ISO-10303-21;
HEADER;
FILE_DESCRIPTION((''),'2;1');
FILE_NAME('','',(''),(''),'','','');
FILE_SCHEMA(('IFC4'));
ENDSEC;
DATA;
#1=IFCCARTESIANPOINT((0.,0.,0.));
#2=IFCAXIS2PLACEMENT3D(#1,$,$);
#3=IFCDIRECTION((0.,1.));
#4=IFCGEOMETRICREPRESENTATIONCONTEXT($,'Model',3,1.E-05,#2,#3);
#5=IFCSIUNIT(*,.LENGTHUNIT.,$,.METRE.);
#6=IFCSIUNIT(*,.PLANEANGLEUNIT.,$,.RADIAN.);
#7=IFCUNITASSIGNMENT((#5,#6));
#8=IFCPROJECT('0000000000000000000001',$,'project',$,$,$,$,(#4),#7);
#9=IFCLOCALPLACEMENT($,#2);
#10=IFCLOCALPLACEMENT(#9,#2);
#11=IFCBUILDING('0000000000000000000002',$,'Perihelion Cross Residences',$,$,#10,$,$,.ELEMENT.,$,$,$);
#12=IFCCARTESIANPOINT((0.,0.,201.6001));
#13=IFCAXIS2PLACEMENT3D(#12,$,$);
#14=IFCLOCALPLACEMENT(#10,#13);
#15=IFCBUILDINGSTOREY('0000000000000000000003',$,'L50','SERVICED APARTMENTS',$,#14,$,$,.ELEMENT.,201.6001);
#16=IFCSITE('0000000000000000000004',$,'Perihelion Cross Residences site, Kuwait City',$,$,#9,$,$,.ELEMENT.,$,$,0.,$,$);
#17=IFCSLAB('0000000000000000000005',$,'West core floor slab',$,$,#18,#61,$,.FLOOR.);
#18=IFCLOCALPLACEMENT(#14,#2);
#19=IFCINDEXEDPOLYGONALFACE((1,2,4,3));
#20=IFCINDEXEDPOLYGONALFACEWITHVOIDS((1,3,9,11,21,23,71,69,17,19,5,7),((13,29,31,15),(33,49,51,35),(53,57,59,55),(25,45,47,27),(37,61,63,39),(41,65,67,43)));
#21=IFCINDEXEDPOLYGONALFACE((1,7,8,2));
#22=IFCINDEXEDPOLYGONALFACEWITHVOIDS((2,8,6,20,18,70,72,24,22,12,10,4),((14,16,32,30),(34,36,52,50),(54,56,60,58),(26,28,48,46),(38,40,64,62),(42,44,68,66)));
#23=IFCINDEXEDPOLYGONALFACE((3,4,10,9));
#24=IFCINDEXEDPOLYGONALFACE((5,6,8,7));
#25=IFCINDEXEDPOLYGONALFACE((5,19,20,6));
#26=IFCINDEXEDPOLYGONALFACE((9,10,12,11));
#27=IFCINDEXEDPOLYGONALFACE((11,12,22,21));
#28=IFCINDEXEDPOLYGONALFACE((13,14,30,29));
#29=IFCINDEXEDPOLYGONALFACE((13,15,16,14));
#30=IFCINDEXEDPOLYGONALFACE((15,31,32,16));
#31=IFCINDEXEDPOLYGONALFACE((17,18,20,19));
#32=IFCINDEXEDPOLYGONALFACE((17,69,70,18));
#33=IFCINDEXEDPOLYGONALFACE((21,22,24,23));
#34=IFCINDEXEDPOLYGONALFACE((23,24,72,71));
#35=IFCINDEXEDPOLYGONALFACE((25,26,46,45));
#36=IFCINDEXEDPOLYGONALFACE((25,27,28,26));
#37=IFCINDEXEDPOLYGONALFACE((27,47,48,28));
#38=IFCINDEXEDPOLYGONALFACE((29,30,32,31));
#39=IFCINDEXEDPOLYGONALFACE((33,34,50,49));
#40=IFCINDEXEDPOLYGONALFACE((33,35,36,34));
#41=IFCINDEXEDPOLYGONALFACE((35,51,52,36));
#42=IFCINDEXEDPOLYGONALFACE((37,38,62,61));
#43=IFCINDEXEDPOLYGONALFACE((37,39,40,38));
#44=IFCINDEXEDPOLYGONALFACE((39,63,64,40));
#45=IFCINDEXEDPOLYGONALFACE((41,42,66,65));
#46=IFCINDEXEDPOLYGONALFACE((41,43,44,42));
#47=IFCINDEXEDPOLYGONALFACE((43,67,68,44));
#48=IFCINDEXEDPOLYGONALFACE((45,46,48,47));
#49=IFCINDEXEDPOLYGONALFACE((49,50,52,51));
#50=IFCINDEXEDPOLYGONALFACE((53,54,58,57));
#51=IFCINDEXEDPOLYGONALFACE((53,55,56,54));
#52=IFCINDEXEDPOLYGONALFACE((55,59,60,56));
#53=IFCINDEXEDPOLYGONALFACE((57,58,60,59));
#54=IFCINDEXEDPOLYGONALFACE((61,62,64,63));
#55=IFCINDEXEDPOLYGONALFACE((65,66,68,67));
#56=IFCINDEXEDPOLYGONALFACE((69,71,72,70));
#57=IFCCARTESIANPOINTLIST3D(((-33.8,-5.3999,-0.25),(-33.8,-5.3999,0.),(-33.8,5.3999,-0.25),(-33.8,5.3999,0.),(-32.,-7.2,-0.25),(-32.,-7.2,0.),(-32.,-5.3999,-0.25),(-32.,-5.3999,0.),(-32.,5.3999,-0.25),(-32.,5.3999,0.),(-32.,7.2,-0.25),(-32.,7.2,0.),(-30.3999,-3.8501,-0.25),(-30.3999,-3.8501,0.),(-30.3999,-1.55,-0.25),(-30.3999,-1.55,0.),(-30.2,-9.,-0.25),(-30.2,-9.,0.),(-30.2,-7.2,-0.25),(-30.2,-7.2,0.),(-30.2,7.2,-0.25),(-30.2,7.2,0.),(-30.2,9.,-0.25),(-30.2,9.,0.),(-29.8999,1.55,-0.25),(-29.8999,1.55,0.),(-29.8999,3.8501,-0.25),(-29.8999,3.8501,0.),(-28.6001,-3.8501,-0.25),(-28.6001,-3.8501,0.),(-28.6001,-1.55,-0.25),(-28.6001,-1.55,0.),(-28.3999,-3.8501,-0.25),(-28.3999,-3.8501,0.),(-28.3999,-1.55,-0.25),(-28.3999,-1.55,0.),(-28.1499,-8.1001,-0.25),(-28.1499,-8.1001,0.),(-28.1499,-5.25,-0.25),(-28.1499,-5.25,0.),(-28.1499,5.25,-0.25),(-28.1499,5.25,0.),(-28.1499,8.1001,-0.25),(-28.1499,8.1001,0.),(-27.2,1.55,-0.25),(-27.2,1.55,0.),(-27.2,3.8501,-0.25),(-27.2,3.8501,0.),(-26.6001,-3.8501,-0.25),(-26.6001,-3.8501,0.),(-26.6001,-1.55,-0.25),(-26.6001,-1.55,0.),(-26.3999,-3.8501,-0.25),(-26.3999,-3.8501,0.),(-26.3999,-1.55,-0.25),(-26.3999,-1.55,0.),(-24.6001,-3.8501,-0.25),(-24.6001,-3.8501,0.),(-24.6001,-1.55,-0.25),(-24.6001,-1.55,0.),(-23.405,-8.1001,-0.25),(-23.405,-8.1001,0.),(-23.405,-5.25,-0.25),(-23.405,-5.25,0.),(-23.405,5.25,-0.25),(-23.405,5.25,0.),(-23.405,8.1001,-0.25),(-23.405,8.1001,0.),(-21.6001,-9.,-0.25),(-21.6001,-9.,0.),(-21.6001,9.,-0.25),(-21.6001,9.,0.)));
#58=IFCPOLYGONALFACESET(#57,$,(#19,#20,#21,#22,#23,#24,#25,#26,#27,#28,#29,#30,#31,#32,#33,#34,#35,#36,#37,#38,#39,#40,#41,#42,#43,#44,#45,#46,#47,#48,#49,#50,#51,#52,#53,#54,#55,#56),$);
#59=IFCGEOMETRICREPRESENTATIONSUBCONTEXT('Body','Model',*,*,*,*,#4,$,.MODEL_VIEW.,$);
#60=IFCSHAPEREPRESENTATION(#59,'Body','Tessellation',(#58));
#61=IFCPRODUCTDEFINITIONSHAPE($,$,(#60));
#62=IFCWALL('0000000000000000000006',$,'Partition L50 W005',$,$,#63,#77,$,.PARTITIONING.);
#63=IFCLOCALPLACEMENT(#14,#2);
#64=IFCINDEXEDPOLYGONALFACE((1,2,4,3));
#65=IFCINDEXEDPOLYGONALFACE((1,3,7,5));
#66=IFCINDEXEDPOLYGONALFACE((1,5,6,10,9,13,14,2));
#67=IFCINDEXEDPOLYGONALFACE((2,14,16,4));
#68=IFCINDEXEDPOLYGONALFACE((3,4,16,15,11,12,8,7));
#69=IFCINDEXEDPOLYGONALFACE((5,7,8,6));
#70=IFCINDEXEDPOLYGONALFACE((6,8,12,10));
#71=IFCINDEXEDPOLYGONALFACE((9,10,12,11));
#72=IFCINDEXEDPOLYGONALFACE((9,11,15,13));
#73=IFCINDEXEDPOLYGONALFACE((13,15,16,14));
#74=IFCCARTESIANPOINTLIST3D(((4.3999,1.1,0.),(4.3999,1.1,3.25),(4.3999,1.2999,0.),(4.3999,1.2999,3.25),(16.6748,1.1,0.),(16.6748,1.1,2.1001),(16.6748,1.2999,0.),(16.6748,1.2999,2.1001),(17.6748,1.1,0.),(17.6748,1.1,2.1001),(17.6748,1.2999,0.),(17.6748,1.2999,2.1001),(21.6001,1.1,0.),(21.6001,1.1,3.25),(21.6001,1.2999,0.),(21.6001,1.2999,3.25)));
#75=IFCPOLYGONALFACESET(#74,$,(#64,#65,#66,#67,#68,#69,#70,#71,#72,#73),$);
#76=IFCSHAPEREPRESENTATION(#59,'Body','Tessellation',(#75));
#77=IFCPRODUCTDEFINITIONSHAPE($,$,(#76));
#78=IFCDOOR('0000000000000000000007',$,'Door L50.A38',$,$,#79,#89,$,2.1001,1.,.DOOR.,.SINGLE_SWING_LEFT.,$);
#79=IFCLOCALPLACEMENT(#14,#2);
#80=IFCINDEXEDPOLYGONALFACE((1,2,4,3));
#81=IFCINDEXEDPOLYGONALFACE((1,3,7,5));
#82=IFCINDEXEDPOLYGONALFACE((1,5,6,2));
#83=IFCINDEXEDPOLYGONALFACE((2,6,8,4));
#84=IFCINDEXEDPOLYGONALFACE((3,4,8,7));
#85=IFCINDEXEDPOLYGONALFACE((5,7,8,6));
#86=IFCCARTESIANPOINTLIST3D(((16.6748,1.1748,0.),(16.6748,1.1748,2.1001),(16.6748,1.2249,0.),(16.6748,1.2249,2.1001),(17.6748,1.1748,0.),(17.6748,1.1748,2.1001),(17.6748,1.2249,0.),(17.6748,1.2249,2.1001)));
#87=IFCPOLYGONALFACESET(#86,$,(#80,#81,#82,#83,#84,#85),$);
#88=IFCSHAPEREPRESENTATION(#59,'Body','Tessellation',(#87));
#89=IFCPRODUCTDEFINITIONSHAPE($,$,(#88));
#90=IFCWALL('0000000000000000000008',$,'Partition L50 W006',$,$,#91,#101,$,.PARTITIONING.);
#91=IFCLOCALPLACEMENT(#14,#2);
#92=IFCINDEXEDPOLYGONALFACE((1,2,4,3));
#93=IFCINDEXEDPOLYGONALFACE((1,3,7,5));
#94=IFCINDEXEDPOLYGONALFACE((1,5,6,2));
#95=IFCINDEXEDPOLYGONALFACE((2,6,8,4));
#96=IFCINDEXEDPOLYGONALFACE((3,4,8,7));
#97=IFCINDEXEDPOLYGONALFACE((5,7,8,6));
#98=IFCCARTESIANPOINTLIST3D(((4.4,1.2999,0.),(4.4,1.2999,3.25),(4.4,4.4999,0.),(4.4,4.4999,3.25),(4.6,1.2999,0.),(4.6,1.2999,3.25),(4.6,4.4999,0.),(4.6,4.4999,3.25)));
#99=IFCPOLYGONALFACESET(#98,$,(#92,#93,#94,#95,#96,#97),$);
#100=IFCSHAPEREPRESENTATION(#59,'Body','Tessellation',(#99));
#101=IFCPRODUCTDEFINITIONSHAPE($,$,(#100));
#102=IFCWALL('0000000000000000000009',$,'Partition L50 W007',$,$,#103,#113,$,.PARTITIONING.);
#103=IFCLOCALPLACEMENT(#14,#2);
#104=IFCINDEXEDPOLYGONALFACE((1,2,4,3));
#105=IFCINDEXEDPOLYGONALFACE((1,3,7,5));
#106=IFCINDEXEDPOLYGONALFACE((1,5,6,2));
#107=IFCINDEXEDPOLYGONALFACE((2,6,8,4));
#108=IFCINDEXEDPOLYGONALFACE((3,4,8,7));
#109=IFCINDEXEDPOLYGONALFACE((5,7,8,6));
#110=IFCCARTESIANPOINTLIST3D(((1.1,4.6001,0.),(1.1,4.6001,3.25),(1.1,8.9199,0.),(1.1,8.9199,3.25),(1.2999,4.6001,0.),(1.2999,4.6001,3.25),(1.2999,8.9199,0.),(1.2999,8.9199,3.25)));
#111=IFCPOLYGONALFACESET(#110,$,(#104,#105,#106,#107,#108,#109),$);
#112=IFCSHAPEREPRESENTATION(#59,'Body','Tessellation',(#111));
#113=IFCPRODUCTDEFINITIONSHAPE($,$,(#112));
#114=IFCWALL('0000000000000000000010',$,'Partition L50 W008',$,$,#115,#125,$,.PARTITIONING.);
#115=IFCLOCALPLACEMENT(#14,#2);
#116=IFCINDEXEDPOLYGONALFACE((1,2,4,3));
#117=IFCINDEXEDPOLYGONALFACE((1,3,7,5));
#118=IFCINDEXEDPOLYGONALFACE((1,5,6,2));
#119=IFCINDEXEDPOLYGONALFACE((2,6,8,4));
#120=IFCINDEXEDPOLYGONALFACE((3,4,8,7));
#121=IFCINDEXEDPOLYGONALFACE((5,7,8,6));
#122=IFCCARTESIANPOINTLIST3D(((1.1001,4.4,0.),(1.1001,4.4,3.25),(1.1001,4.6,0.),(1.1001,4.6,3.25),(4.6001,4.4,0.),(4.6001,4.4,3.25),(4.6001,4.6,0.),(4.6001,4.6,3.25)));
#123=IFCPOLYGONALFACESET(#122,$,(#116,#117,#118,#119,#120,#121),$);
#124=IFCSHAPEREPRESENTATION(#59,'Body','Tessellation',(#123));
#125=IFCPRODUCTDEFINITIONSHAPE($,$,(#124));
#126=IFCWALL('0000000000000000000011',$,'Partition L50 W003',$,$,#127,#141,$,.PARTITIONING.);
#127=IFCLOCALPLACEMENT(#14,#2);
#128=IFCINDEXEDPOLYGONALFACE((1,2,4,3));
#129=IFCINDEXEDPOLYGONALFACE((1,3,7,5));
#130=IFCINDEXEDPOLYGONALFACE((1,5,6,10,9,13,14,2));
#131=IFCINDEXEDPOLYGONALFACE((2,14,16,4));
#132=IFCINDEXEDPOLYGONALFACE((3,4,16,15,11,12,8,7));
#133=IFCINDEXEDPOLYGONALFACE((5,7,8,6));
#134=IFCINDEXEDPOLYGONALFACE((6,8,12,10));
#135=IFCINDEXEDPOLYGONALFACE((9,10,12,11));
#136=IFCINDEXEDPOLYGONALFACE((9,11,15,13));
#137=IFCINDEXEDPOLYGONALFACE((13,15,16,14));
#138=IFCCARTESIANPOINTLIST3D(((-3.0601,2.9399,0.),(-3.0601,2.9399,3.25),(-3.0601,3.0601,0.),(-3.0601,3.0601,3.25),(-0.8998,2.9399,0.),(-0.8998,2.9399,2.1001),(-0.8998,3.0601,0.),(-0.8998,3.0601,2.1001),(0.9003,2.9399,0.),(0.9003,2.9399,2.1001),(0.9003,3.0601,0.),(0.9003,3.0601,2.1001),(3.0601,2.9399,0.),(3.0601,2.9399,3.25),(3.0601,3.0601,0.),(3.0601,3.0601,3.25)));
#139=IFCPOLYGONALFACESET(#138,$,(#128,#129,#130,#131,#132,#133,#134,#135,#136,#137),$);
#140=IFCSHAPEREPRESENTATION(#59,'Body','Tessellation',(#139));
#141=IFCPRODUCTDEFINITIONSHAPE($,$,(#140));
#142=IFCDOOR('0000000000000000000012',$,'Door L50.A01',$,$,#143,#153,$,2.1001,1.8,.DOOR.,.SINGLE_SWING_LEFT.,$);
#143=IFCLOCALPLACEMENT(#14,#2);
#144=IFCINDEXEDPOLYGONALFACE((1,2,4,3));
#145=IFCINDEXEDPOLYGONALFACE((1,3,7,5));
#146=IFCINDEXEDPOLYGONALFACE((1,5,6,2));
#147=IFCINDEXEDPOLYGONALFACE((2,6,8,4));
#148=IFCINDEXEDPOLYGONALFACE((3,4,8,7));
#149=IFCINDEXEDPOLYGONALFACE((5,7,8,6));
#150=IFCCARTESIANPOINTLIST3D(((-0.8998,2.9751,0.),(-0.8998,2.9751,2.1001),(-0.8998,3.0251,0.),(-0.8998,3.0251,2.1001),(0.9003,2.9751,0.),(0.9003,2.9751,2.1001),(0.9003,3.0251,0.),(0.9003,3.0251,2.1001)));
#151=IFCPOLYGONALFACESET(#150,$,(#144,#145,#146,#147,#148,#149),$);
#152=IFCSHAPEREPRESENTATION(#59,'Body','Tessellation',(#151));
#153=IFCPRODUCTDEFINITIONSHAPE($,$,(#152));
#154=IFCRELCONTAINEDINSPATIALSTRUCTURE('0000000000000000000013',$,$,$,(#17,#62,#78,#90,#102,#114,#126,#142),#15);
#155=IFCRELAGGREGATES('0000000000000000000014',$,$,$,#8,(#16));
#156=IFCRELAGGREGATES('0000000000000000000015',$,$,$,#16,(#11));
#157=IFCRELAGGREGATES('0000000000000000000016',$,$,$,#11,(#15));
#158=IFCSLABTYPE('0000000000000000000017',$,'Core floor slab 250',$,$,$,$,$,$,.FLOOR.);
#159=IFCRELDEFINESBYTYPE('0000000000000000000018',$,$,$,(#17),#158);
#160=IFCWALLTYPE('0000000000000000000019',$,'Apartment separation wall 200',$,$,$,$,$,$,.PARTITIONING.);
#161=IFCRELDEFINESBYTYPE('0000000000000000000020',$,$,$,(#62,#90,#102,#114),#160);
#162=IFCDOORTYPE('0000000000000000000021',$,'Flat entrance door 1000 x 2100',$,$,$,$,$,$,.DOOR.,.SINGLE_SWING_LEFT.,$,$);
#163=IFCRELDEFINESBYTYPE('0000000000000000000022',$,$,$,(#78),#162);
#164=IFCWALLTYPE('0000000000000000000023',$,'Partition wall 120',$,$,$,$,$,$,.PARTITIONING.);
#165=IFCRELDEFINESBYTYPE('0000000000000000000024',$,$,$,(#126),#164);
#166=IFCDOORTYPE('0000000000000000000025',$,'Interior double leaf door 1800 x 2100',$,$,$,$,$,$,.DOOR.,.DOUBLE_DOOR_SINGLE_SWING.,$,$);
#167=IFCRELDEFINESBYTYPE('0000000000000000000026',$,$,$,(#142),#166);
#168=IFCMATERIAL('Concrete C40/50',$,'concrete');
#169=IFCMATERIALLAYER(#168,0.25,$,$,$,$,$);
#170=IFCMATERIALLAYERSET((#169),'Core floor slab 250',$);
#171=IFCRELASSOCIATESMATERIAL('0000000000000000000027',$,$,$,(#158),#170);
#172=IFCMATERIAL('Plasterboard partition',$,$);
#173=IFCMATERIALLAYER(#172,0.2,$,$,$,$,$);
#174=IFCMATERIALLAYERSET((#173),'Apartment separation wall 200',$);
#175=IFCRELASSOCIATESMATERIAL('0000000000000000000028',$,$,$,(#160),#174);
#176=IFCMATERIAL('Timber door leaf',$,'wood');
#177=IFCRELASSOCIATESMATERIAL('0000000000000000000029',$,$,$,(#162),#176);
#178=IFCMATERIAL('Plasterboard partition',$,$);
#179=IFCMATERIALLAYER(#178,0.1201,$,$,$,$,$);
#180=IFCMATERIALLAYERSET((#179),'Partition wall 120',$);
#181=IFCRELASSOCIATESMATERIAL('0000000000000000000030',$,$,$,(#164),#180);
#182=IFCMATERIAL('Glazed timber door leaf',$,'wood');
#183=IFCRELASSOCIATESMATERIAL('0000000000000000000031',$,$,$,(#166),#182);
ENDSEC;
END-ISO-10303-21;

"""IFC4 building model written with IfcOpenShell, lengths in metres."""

from ifc_helpers import new_model, si_unit, direction, frame, frame_2d, origin, place, context, subcontext, project, spatial, polyline, rectangle, outline, extrude, material, layer, layer_set, type_object, element, fill, save


model = new_model("IFC4")

# Units and contexts
model_context = context("Model", 3, precision=1e-05, world=origin(), true_north=direction((0.0, 1.0)))
body_context = subcontext(model_context, "Body", "Model", "MODEL_VIEW")
ifc_project = project(units=[si_unit("LENGTHUNIT", "METRE"), si_unit("PLANEANGLEUNIT", "RADIAN")], contexts=[model_context])

# Site, building, storey
site_placement = place(None, origin())
site = spatial("IfcSite", under=ifc_project, at=site_placement, Name="Perihelion Cross Residences site, Kuwait City", CompositionType="ELEMENT", RefElevation=0.0)
building_placement = place(site_placement, origin())
building = spatial("IfcBuilding", under=site, at=building_placement, Name="Perihelion Cross Residences", CompositionType="ELEMENT")
storey_placement = place(building_placement, frame((0.0, 0.0, 201.6001)))
storey = spatial("IfcBuildingStorey", under=building, at=storey_placement, Name="L50", Description="SERVICED APARTMENTS", CompositionType="ELEMENT", Elevation=201.6001)

# Slab
ifc_material_1 = material(Name="Concrete C40/50", Category="concrete")
ifc_layer_1 = layer(ifc_material_1, 0.25)
ifc_layer_set_1 = layer_set([ifc_layer_1], Name="Core floor slab 250")
slab_type = type_object("IfcSlabType", Name="Core floor slab 250", PredefinedType="FLOOR", material=ifc_layer_set_1)
slab_1_placement = place(storey_placement, frame((0.0, 0.0, -0.25)))
element("IfcSlab", 1, at=slab_1_placement, inside=storey, type_object=slab_type, Name="West core floor slab", PredefinedType="FLOOR", context=body_context, shape_type="SweptSolid", body=[
    extrude(outline(polyline([(-30.2, 7.2), (-32.0, 7.2), (-32.0, 5.3999), (-33.8, 5.3999), (-33.8, -5.3999), (-32.0, -5.3999), (-32.0, -7.2), (-30.2, -7.2), (-30.2, -9.0), (-21.6001, -9.0), (-21.6001, 9.0), (-30.2, 9.0), (-30.2, 7.2)]), holes=[polyline([(-28.1499, -8.1001), (-28.1499, -5.25), (-23.405, -5.25), (-23.405, -8.1001), (-28.1499, -8.1001)]), polyline([(-24.6001, -1.55), (-24.6001, -3.8501), (-26.3999, -3.8501), (-26.3999, -1.55), (-24.6001, -1.55)]), polyline([(-26.6001, -1.55), (-26.6001, -3.8501), (-28.3999, -3.8501), (-28.3999, -1.55), (-26.6001, -1.55)]), polyline([(-28.6001, -3.8501), (-30.3999, -3.8501), (-30.3999, -1.55), (-28.6001, -1.55), (-28.6001, -3.8501)]), polyline([(-27.2, 3.8501), (-27.2, 1.55), (-29.8999, 1.55), (-29.8999, 3.8501), (-27.2, 3.8501)]), polyline([(-23.405, 5.25), (-28.1499, 5.25), (-28.1499, 8.1001), (-23.405, 8.1001), (-23.405, 5.25)])]), origin(), (0.0, 0.0, 1.0), 0.25),
])

# Wall, opening, door
ifc_material_2 = material(Name="Plasterboard partition")
ifc_layer_2 = layer(ifc_material_2, 0.2)
ifc_layer_set_2 = layer_set([ifc_layer_2], Name="Apartment separation wall 200")
wall_type_1 = type_object("IfcWallType", Name="Apartment separation wall 200", PredefinedType="PARTITIONING", material=ifc_layer_set_2)
wall_1_placement = place(storey_placement, frame((4.3999, 1.2, 0.0), z_axis=(0.0, 0.0, 1.0), x_axis=(1.0, 0.0, 0.0)))
wall_1 = element("IfcWall", 2, at=wall_1_placement, inside=storey, type_object=wall_type_1, Name="Partition L50 W005", PredefinedType="PARTITIONING", context=body_context, shape_type="SweptSolid", body=[
    extrude(rectangle(XDim=17.2002, YDim=0.2, at=frame_2d((8.6001, 0.0))), origin(), (0.0, 0.0, 1.0), 3.25),
])
opening_1_placement = place(wall_1_placement, frame((12.2749, 0.0, 0.0)))
opening_1 = element("IfcOpeningElement", 3, at=opening_1_placement, cuts=wall_1, PredefinedType="OPENING", context=body_context, shape_type="SweptSolid", body=[
    extrude(rectangle(XDim=1.0, YDim=2.1001, at=frame_2d((0.5, 1.05))), frame((0.0, 0.1099, 0.0), z_axis=(0.0, -1.0, 0.0), x_axis=(1.0, 0.0, 0.0)), (0.0, 0.0, 1.0), 0.22),
])
ifc_material_3 = material(Name="Timber door leaf", Category="wood")
door_type_1 = type_object("IfcDoorType", Name="Flat entrance door 1000 x 2100", OperationType="SINGLE_SWING_LEFT", PredefinedType="DOOR", material=ifc_material_3)
door_1_placement = place(opening_1_placement, origin())
door_1 = element("IfcDoor", 4, at=door_1_placement, inside=storey, type_object=door_type_1, Name="Door L50.A38", OperationType="SINGLE_SWING_LEFT", OverallHeight=2.1001, OverallWidth=1.0, PredefinedType="DOOR", context=body_context, shape_type="SweptSolid", body=[
    extrude(rectangle(XDim=1.0, YDim=2.1001, at=frame_2d((0.5, 1.05))), frame((0.0, 0.0249, 0.0), z_axis=(0.0, -1.0, 0.0), x_axis=(1.0, 0.0, 0.0)), (0.0, 0.0, 1.0), 0.05),
])
fill(opening_1, door_1)

# Walls
wall_2_placement = place(storey_placement, frame((4.5, 4.5, 0.0), z_axis=(0.0, 0.0, 1.0), x_axis=(0.0, -1.0, 0.0)))
element("IfcWall", 5, at=wall_2_placement, inside=storey, type_object=wall_type_1, Name="Partition L50 W006", PredefinedType="PARTITIONING", context=body_context, shape_type="SweptSolid", body=[
    extrude(rectangle(XDim=3.2, YDim=0.2, at=frame_2d((1.6001, 0.0))), origin(), (0.0, 0.0, 1.0), 3.25),
])
wall_3_placement = place(storey_placement, frame((1.2, 8.9199, 0.0), z_axis=(0.0, 0.0, 1.0), x_axis=(0.0, -1.0, 0.0)))
element("IfcWall", 6, at=wall_3_placement, inside=storey, type_object=wall_type_1, Name="Partition L50 W007", PredefinedType="PARTITIONING", context=body_context, shape_type="SweptSolid", body=[
    extrude(rectangle(XDim=4.3198, YDim=0.2, at=frame_2d((2.1599, 0.0))), origin(), (0.0, 0.0, 1.0), 3.25),
])
wall_4_placement = place(storey_placement, frame((1.1001, 4.5, 0.0), z_axis=(0.0, 0.0, 1.0), x_axis=(1.0, 0.0, 0.0)))
element("IfcWall", 7, at=wall_4_placement, inside=storey, type_object=wall_type_1, Name="Partition L50 W008", PredefinedType="PARTITIONING", context=body_context, shape_type="SweptSolid", body=[
    extrude(rectangle(XDim=3.5, YDim=0.2, at=frame_2d((1.75, 0.0))), origin(), (0.0, 0.0, 1.0), 3.25),
])

# Wall, opening, door
ifc_material_4 = material(Name="Plasterboard partition")
ifc_layer_3 = layer(ifc_material_4, 0.1201)
ifc_layer_set_3 = layer_set([ifc_layer_3], Name="Partition wall 120")
wall_type_2 = type_object("IfcWallType", Name="Partition wall 120", PredefinedType="PARTITIONING", material=ifc_layer_set_3)
wall_5_placement = place(storey_placement, frame((3.0601, 3.0, 0.0), z_axis=(0.0, 0.0, 1.0), x_axis=(-1.0, 0.0, 0.0)))
wall_5 = element("IfcWall", 8, at=wall_5_placement, inside=storey, type_object=wall_type_2, Name="Partition L50 W003", PredefinedType="PARTITIONING", context=body_context, shape_type="SweptSolid", body=[
    extrude(rectangle(XDim=6.1201, YDim=0.1201, at=frame_2d((3.0601, 0.0))), origin(), (0.0, 0.0, 1.0), 3.25),
])
opening_2_placement = place(wall_5_placement, frame((2.1599, 0.0, 0.0)))
opening_2 = element("IfcOpeningElement", 9, at=opening_2_placement, cuts=wall_5, PredefinedType="OPENING", context=body_context, shape_type="SweptSolid", body=[
    extrude(rectangle(XDim=1.8, YDim=2.1001, at=frame_2d((0.8999, 1.05))), frame((0.0, 0.0701, 0.0), z_axis=(0.0, -1.0, 0.0), x_axis=(1.0, 0.0, 0.0)), (0.0, 0.0, 1.0), 0.1401),
])
ifc_material_5 = material(Name="Glazed timber door leaf", Category="wood")
door_type_2 = type_object("IfcDoorType", Name="Interior double leaf door 1800 x 2100", OperationType="DOUBLE_DOOR_SINGLE_SWING", PredefinedType="DOOR", material=ifc_material_5)
door_2_placement = place(opening_2_placement, origin())
door_2 = element("IfcDoor", 10, at=door_2_placement, inside=storey, type_object=door_type_2, Name="Door L50.A01", OperationType="SINGLE_SWING_LEFT", OverallHeight=2.1001, OverallWidth=1.8, PredefinedType="DOOR", context=body_context, shape_type="SweptSolid", body=[
    extrude(rectangle(XDim=1.8, YDim=2.1001, at=frame_2d((0.8999, 1.05))), frame((0.0, 0.0249, 0.0), z_axis=(0.0, -1.0, 0.0), x_axis=(1.0, 0.0, 0.0)), (0.0, 0.0, 1.0), 0.05),
])
fill(opening_2, door_2)

save(model, "model.ifc")
